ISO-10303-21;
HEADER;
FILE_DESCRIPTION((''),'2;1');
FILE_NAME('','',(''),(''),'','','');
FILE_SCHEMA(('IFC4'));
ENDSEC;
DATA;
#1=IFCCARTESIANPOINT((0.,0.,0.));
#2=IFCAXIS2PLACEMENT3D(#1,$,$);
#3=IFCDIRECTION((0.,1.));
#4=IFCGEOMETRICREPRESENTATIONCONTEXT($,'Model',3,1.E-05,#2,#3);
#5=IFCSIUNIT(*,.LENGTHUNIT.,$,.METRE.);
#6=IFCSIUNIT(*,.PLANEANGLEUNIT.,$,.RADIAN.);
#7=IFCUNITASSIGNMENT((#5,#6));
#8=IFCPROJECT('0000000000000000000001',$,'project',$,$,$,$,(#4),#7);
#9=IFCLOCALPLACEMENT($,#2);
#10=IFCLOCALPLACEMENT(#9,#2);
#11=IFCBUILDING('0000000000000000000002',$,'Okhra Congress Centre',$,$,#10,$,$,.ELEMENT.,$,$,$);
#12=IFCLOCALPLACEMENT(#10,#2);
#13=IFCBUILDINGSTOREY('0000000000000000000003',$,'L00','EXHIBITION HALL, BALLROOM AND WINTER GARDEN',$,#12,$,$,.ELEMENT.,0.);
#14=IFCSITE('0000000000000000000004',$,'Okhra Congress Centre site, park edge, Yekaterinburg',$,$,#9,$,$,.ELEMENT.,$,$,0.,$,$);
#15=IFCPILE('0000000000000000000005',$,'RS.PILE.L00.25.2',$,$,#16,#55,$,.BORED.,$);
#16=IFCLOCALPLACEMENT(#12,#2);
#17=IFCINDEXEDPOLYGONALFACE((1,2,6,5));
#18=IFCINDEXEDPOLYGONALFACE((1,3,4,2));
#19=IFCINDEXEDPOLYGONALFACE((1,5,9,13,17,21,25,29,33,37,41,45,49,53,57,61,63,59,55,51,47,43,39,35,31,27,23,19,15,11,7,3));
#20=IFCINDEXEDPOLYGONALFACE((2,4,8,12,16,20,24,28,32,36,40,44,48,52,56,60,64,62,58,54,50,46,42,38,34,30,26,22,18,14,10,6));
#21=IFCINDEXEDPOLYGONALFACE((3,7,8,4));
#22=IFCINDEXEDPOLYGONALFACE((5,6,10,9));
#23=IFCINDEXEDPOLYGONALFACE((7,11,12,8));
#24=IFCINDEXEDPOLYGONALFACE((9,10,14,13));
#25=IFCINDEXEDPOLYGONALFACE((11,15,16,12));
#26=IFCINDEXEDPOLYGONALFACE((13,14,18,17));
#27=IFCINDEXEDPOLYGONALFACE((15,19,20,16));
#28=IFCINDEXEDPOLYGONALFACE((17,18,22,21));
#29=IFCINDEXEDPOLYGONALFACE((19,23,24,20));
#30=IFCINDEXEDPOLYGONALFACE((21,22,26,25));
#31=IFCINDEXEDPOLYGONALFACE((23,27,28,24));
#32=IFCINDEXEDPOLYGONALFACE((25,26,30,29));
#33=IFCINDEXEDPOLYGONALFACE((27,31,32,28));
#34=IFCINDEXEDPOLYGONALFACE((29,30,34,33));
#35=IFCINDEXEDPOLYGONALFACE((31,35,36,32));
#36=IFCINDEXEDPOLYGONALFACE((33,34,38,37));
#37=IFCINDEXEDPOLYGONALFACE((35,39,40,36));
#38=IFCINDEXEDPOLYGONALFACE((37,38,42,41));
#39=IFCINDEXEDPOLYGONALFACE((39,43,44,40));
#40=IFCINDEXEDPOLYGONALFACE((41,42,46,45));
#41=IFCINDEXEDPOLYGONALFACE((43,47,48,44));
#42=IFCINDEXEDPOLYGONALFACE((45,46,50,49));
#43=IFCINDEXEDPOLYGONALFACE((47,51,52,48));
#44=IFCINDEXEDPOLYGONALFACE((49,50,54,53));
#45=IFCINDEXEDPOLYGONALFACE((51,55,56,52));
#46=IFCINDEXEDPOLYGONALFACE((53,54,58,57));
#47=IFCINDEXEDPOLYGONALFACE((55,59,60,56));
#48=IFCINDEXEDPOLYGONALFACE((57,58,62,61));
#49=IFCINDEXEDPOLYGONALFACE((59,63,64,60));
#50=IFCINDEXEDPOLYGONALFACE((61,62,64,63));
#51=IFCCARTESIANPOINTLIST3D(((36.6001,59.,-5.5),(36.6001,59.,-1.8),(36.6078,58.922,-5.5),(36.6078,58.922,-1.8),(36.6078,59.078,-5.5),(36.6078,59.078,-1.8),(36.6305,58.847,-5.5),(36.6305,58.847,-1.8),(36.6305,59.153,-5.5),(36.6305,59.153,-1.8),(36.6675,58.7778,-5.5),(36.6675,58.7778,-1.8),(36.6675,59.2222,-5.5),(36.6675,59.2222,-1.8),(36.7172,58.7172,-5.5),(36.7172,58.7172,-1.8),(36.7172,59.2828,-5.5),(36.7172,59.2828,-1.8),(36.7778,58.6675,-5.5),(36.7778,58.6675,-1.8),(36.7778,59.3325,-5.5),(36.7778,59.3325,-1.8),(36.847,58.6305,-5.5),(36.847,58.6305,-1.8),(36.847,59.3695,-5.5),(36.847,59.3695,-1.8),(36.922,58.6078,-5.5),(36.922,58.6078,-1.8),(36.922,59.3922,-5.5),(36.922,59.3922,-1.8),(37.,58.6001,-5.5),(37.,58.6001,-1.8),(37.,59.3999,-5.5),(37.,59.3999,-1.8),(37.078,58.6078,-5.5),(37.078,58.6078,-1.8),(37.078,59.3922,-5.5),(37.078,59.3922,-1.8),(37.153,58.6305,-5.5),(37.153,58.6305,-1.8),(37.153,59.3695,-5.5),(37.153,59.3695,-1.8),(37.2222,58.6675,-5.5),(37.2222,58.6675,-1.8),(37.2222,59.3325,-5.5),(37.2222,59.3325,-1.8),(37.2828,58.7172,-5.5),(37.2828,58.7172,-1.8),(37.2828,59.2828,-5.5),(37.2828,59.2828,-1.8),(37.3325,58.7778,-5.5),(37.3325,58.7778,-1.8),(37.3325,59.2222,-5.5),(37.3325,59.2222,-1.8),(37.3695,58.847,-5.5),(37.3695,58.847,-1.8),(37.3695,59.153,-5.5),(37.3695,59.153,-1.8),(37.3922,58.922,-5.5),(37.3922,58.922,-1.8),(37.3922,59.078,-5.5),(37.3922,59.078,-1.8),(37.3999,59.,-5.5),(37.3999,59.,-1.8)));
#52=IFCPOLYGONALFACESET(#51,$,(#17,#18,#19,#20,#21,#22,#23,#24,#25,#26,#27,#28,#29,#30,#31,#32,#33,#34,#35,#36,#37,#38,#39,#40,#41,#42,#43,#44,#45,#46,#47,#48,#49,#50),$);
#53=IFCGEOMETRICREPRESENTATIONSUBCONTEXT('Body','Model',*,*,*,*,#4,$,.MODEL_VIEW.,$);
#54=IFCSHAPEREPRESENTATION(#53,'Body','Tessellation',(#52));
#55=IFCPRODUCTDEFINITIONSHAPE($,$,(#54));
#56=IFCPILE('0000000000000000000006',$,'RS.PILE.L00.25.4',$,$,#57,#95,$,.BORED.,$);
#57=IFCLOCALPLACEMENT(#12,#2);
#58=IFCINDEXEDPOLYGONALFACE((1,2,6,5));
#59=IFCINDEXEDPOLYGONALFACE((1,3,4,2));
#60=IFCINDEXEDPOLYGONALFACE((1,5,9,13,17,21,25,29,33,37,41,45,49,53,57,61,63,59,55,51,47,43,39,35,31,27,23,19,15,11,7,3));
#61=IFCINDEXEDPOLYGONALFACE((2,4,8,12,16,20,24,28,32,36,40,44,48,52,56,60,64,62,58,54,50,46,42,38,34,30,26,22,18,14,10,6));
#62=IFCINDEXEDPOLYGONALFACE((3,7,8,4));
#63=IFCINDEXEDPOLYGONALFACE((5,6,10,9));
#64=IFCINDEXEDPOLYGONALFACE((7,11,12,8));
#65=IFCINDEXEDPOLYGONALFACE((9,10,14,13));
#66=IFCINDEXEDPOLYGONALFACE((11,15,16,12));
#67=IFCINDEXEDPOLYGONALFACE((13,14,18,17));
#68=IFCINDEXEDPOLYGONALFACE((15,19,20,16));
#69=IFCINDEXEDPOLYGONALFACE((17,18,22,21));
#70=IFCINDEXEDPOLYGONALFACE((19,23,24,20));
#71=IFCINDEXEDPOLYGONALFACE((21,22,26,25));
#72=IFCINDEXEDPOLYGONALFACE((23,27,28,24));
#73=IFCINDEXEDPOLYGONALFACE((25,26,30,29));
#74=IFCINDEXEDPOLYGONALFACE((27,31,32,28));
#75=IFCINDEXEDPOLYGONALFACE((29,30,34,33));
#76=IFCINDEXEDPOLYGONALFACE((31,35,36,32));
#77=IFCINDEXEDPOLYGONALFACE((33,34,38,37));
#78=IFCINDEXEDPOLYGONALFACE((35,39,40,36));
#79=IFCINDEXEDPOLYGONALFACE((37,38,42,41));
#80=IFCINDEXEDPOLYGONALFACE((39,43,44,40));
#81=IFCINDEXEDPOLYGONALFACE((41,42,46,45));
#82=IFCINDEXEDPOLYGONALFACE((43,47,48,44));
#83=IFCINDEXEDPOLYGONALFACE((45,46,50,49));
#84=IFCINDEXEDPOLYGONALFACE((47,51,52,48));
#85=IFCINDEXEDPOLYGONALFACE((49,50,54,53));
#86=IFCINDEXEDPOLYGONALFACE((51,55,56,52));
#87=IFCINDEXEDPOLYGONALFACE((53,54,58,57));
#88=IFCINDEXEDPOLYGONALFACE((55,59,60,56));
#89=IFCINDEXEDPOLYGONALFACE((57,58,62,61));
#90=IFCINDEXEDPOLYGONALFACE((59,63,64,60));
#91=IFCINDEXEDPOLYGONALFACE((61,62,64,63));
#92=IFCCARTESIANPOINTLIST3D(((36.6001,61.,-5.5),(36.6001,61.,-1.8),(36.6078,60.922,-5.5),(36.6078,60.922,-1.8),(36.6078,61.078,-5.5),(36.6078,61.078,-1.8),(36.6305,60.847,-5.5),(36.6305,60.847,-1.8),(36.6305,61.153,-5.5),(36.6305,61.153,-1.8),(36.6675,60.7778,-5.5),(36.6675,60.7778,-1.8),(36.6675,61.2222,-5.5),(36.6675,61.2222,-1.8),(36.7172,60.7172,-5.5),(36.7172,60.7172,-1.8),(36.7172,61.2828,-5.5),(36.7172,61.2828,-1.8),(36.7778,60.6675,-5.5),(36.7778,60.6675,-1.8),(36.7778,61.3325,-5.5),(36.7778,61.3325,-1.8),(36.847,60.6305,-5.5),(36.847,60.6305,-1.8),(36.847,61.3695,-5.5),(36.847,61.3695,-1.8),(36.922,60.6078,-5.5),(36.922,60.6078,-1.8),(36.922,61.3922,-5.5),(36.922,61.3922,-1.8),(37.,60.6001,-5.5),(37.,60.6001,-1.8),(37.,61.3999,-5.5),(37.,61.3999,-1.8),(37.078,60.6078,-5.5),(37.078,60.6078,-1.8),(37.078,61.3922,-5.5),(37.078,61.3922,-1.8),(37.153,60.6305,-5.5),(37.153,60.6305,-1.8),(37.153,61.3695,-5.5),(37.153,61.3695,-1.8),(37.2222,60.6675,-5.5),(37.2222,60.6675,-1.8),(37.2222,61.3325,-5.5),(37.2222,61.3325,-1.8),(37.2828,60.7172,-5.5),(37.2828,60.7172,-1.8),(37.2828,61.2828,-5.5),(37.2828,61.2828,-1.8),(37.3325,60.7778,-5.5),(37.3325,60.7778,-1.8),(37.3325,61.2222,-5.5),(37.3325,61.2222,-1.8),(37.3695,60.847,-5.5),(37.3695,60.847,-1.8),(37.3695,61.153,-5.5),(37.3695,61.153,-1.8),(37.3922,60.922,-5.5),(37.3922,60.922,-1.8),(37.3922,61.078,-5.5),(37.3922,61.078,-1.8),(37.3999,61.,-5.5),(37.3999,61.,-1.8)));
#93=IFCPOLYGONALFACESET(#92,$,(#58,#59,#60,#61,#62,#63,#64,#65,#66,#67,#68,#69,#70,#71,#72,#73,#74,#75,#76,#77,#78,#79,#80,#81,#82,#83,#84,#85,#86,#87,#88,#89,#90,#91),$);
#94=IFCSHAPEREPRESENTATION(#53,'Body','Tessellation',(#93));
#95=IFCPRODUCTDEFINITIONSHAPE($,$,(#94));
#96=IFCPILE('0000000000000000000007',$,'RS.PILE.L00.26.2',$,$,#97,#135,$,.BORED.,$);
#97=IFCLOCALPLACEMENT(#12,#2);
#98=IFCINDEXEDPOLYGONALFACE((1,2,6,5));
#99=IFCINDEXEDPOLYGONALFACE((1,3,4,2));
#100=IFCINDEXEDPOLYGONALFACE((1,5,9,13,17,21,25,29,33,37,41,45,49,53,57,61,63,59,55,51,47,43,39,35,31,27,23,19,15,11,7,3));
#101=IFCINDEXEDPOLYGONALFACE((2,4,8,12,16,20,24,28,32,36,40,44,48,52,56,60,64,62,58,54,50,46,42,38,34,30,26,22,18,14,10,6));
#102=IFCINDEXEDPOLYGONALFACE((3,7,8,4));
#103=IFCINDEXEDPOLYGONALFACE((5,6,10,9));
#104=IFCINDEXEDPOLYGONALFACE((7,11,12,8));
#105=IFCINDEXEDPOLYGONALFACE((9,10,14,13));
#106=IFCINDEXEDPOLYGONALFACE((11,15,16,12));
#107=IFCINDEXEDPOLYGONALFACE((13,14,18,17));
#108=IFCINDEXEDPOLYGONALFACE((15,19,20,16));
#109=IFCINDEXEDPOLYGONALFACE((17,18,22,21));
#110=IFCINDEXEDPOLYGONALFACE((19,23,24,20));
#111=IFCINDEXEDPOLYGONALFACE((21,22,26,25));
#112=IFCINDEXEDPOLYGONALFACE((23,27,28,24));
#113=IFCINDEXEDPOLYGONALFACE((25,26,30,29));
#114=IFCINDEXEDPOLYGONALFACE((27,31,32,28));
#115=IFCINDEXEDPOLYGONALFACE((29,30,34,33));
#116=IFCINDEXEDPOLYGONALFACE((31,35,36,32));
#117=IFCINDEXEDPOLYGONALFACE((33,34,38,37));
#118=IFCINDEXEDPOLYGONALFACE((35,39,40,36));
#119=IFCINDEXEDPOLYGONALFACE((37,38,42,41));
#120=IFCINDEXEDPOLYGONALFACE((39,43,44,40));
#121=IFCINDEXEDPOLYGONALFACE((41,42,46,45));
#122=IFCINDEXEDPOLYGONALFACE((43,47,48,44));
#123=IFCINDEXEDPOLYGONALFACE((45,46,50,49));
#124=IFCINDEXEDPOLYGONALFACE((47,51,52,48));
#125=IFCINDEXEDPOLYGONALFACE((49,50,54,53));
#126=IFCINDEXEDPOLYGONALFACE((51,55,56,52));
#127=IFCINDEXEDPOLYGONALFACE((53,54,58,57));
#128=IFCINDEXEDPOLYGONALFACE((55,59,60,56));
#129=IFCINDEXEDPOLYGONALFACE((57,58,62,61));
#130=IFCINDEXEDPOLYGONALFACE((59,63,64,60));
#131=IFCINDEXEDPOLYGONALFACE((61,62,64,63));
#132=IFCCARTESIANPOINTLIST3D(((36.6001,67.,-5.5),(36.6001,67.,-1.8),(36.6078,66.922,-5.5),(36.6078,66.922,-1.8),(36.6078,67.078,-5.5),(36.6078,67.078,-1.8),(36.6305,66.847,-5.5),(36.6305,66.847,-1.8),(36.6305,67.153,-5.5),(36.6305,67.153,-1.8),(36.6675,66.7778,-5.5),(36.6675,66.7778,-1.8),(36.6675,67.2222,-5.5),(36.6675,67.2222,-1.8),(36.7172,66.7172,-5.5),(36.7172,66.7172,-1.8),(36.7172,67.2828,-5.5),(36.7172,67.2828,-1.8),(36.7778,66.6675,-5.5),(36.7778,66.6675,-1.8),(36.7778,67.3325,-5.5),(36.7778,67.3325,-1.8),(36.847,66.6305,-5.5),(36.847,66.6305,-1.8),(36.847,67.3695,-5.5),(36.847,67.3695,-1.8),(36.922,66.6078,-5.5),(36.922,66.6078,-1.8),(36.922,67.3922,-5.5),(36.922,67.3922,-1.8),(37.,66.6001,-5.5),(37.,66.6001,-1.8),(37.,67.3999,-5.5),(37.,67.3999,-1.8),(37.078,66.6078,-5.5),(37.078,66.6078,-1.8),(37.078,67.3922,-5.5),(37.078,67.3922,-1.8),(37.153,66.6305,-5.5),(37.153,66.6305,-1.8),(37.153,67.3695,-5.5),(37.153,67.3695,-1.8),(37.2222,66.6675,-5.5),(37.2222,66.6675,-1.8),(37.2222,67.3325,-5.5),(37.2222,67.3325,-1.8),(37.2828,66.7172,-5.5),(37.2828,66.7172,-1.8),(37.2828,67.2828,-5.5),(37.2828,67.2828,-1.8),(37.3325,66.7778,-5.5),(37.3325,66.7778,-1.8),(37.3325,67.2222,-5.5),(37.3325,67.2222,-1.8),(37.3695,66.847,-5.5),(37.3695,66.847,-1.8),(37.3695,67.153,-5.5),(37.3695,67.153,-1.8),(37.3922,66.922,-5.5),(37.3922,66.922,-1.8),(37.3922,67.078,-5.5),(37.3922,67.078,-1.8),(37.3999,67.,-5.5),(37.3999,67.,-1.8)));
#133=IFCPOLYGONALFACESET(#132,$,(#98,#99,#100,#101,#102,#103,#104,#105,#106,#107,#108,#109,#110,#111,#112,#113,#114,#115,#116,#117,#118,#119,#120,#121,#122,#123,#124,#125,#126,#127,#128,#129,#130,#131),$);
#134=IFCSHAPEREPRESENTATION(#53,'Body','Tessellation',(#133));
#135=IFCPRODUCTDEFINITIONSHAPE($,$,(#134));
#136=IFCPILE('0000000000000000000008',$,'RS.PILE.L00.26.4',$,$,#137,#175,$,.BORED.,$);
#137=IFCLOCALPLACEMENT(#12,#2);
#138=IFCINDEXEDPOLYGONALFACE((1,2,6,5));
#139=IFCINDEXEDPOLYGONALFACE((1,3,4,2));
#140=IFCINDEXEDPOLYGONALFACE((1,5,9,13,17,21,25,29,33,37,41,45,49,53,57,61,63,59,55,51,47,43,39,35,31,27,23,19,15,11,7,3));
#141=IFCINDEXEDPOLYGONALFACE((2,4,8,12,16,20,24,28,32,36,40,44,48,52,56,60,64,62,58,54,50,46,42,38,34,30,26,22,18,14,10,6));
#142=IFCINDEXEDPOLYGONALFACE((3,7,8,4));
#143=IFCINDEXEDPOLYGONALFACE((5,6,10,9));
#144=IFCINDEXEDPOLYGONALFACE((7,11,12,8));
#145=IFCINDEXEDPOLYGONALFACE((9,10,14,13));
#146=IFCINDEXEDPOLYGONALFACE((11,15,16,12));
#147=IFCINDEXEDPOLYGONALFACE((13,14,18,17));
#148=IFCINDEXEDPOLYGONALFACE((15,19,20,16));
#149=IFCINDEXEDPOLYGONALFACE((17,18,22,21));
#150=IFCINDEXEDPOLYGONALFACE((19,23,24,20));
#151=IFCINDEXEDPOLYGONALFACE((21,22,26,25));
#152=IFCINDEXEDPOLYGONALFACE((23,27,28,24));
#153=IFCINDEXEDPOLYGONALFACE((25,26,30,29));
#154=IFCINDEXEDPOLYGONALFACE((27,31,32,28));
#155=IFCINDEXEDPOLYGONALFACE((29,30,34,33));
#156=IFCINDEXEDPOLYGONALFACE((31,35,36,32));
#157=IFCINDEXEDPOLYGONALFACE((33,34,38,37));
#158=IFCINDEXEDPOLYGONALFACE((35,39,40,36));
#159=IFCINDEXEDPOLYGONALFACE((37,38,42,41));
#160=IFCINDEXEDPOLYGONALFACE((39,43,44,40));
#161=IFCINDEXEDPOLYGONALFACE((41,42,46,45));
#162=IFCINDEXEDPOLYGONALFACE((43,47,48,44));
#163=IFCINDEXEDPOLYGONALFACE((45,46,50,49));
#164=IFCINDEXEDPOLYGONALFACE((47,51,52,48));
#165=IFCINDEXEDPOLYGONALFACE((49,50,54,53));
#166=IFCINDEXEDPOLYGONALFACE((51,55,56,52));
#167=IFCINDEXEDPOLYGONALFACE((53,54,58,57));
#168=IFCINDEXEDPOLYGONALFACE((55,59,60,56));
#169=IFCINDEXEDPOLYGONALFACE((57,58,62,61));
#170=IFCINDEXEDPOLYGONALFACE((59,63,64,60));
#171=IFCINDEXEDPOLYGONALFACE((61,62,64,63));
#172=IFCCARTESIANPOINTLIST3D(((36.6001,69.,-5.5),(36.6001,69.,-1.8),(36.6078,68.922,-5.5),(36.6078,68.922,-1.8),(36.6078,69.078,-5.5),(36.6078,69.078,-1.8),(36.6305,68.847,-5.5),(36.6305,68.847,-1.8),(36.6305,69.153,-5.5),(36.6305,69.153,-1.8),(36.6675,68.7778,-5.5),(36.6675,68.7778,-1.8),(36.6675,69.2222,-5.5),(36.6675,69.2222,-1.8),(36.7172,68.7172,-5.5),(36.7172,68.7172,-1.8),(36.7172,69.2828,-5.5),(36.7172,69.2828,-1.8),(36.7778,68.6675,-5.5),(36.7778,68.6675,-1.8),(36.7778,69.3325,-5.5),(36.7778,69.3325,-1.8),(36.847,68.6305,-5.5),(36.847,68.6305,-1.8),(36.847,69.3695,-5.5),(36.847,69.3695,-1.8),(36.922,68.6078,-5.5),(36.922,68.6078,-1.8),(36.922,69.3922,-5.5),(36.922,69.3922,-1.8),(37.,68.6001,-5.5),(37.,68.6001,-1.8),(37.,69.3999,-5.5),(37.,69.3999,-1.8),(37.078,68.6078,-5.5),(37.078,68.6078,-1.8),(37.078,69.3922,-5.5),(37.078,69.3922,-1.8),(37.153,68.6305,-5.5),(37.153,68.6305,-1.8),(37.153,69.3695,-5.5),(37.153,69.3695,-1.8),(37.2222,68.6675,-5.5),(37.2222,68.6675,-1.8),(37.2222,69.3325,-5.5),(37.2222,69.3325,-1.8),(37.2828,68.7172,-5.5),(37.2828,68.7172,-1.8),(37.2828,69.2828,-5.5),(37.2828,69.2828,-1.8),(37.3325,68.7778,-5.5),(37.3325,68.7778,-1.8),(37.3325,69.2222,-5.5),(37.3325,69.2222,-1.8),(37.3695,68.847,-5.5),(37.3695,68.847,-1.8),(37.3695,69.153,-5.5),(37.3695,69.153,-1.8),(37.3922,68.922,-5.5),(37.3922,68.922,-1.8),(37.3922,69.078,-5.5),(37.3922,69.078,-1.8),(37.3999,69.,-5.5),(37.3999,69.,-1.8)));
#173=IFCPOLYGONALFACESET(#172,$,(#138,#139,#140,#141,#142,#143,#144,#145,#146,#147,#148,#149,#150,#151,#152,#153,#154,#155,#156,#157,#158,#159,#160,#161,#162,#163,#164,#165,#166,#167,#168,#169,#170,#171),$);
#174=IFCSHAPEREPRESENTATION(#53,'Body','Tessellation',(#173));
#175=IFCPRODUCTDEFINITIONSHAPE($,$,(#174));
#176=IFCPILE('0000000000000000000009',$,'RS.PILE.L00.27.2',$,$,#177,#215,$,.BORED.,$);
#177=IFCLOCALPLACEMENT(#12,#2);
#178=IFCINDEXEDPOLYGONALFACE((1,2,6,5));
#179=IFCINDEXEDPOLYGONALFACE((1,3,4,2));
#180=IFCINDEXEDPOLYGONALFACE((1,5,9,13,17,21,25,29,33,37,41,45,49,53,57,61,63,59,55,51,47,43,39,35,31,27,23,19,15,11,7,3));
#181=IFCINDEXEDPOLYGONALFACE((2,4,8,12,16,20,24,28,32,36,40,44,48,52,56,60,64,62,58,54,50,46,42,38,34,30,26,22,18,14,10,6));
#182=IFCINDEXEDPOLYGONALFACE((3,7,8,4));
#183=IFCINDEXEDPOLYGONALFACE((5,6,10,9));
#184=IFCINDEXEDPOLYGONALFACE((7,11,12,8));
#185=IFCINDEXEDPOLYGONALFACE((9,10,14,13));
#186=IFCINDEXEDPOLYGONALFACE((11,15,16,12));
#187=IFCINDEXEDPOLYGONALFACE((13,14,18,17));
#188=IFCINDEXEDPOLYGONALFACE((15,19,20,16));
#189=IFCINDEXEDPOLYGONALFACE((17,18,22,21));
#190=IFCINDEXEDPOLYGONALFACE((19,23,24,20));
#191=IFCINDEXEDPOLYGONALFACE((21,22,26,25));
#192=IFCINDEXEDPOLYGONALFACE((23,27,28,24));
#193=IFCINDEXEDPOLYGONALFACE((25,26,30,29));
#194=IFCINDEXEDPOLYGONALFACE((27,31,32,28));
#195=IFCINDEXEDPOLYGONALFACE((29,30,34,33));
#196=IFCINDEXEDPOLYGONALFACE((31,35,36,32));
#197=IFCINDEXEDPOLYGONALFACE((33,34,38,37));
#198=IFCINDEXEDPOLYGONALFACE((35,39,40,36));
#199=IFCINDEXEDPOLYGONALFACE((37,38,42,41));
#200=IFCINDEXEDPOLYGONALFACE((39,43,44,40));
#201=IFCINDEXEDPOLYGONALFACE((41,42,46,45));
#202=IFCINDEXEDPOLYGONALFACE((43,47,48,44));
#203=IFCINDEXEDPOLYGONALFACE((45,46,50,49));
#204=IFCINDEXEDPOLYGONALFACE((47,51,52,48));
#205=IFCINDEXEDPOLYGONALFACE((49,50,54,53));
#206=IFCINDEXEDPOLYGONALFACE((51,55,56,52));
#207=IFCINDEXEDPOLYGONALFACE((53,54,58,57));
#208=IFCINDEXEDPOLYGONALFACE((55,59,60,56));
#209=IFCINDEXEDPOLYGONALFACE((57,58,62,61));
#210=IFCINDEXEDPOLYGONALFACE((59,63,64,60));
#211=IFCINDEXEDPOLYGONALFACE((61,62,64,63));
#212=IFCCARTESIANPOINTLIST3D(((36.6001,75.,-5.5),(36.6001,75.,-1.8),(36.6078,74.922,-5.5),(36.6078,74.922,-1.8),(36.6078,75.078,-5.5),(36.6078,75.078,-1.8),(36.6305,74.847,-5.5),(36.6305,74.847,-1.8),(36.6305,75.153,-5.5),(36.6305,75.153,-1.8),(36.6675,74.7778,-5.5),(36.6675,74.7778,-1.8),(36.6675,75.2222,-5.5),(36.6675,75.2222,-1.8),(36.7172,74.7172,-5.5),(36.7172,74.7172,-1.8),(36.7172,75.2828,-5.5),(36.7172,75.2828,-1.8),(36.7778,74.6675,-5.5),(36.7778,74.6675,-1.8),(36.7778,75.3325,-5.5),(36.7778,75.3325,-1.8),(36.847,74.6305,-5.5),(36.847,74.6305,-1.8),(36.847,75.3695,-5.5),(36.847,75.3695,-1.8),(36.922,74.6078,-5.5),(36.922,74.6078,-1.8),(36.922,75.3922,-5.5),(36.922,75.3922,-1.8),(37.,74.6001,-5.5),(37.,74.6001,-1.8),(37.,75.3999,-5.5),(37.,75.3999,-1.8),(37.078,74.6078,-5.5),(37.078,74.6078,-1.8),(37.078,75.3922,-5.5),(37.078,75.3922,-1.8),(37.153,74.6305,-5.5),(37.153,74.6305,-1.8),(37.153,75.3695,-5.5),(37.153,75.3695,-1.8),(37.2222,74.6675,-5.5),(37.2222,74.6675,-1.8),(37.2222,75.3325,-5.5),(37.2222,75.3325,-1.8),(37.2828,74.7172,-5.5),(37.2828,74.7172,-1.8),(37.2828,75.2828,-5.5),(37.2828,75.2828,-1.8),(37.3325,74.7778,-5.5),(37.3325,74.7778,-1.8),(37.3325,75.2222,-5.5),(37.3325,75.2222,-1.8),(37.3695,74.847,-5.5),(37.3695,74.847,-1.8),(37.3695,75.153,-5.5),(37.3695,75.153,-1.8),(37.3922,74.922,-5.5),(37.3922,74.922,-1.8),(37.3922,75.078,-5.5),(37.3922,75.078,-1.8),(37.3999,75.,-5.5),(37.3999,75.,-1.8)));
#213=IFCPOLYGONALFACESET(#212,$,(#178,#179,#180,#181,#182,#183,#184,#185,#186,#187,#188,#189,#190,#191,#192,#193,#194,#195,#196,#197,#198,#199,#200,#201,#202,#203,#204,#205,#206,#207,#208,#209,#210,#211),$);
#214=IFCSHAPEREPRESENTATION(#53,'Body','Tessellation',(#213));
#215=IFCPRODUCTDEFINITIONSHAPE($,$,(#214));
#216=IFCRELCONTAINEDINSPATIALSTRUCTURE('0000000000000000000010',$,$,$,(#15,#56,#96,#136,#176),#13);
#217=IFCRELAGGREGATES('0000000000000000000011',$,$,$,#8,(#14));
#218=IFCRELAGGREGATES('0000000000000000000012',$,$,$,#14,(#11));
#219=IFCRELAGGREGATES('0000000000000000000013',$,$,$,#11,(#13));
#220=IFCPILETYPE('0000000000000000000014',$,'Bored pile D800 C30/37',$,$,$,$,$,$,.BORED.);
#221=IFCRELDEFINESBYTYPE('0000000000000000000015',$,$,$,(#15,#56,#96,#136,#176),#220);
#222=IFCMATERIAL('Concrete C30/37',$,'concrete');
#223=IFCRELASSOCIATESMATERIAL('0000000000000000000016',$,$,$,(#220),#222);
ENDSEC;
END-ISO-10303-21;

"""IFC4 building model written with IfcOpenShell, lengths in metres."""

from ifc_helpers import new_model, si_unit, direction, frame, origin, origin_2d, place, context, subcontext, project, spatial, circle, extrude, material, material_profile, profile_set, type_object, element, save


model = new_model("IFC4")

# Units and contexts
model_context = context("Model", 3, precision=1e-05, world=origin(), true_north=direction((0.0, 1.0)))
body_context = subcontext(model_context, "Body", "Model", "MODEL_VIEW")
ifc_project = project(units=[si_unit("LENGTHUNIT", "METRE"), si_unit("PLANEANGLEUNIT", "RADIAN")], contexts=[model_context])

# Site, building, storey
site_placement = place(None, origin())
site = spatial("IfcSite", under=ifc_project, at=site_placement, Name="Okhra Congress Centre site, park edge, Yekaterinburg", CompositionType="ELEMENT", RefElevation=0.0)
building_placement = place(site_placement, origin())
building = spatial("IfcBuilding", under=site, at=building_placement, Name="Okhra Congress Centre", CompositionType="ELEMENT")
storey_placement = place(building_placement, origin())
storey = spatial("IfcBuildingStorey", under=building, at=storey_placement, Name="L00", Description="EXHIBITION HALL, BALLROOM AND WINTER GARDEN", CompositionType="ELEMENT", Elevation=0.0)

# Piles
ifc_material_1 = material(Name="Concrete C30/37", Category="concrete")
ifc_material_profile_1 = material_profile(ifc_material_1, circle(Radius=0.3999, at=origin_2d()), Name="D800")
ifc_profile_set_1 = profile_set([ifc_material_profile_1], Name="Concrete C30/37")
pile_type = type_object("IfcPileType", Name="Bored pile D800 C30/37", PredefinedType="BORED", material=ifc_profile_set_1)
for number, where, z_axis, x_axis, name in (
    (1, (37.0, 59.0, -1.8), (0.0, 0.0, -1.0), (1.0, 0.0, 0.0), "RS.PILE.L00.25.2"),
    (2, (37.0, 61.0, -1.8), (0.0, 0.0, -1.0), (1.0, 0.0, 0.0), "RS.PILE.L00.25.4"),
    (3, (37.0, 67.0, -1.8), (0.0, 0.0, -1.0), (1.0, 0.0, 0.0), "RS.PILE.L00.26.2"),
    (4, (37.0, 69.0, -1.8), (0.0, 0.0, -1.0), (1.0, 0.0, 0.0), "RS.PILE.L00.26.4"),
    (5, (37.0, 75.0, -1.8), (0.0, 0.0, -1.0), (1.0, 0.0, 0.0), "RS.PILE.L00.27.2"),
):
    element("IfcPile", number, at=place(storey_placement, frame(where, z_axis=z_axis, x_axis=x_axis)), inside=storey, type_object=pile_type, Name=name, PredefinedType="BORED", context=body_context, shape_type="SweptSolid", body=[
        extrude(circle(Radius=0.3999, at=origin_2d()), origin(), (0.0, 0.0, 1.0), 3.7),
    ])

save(model, "model.ifc")
